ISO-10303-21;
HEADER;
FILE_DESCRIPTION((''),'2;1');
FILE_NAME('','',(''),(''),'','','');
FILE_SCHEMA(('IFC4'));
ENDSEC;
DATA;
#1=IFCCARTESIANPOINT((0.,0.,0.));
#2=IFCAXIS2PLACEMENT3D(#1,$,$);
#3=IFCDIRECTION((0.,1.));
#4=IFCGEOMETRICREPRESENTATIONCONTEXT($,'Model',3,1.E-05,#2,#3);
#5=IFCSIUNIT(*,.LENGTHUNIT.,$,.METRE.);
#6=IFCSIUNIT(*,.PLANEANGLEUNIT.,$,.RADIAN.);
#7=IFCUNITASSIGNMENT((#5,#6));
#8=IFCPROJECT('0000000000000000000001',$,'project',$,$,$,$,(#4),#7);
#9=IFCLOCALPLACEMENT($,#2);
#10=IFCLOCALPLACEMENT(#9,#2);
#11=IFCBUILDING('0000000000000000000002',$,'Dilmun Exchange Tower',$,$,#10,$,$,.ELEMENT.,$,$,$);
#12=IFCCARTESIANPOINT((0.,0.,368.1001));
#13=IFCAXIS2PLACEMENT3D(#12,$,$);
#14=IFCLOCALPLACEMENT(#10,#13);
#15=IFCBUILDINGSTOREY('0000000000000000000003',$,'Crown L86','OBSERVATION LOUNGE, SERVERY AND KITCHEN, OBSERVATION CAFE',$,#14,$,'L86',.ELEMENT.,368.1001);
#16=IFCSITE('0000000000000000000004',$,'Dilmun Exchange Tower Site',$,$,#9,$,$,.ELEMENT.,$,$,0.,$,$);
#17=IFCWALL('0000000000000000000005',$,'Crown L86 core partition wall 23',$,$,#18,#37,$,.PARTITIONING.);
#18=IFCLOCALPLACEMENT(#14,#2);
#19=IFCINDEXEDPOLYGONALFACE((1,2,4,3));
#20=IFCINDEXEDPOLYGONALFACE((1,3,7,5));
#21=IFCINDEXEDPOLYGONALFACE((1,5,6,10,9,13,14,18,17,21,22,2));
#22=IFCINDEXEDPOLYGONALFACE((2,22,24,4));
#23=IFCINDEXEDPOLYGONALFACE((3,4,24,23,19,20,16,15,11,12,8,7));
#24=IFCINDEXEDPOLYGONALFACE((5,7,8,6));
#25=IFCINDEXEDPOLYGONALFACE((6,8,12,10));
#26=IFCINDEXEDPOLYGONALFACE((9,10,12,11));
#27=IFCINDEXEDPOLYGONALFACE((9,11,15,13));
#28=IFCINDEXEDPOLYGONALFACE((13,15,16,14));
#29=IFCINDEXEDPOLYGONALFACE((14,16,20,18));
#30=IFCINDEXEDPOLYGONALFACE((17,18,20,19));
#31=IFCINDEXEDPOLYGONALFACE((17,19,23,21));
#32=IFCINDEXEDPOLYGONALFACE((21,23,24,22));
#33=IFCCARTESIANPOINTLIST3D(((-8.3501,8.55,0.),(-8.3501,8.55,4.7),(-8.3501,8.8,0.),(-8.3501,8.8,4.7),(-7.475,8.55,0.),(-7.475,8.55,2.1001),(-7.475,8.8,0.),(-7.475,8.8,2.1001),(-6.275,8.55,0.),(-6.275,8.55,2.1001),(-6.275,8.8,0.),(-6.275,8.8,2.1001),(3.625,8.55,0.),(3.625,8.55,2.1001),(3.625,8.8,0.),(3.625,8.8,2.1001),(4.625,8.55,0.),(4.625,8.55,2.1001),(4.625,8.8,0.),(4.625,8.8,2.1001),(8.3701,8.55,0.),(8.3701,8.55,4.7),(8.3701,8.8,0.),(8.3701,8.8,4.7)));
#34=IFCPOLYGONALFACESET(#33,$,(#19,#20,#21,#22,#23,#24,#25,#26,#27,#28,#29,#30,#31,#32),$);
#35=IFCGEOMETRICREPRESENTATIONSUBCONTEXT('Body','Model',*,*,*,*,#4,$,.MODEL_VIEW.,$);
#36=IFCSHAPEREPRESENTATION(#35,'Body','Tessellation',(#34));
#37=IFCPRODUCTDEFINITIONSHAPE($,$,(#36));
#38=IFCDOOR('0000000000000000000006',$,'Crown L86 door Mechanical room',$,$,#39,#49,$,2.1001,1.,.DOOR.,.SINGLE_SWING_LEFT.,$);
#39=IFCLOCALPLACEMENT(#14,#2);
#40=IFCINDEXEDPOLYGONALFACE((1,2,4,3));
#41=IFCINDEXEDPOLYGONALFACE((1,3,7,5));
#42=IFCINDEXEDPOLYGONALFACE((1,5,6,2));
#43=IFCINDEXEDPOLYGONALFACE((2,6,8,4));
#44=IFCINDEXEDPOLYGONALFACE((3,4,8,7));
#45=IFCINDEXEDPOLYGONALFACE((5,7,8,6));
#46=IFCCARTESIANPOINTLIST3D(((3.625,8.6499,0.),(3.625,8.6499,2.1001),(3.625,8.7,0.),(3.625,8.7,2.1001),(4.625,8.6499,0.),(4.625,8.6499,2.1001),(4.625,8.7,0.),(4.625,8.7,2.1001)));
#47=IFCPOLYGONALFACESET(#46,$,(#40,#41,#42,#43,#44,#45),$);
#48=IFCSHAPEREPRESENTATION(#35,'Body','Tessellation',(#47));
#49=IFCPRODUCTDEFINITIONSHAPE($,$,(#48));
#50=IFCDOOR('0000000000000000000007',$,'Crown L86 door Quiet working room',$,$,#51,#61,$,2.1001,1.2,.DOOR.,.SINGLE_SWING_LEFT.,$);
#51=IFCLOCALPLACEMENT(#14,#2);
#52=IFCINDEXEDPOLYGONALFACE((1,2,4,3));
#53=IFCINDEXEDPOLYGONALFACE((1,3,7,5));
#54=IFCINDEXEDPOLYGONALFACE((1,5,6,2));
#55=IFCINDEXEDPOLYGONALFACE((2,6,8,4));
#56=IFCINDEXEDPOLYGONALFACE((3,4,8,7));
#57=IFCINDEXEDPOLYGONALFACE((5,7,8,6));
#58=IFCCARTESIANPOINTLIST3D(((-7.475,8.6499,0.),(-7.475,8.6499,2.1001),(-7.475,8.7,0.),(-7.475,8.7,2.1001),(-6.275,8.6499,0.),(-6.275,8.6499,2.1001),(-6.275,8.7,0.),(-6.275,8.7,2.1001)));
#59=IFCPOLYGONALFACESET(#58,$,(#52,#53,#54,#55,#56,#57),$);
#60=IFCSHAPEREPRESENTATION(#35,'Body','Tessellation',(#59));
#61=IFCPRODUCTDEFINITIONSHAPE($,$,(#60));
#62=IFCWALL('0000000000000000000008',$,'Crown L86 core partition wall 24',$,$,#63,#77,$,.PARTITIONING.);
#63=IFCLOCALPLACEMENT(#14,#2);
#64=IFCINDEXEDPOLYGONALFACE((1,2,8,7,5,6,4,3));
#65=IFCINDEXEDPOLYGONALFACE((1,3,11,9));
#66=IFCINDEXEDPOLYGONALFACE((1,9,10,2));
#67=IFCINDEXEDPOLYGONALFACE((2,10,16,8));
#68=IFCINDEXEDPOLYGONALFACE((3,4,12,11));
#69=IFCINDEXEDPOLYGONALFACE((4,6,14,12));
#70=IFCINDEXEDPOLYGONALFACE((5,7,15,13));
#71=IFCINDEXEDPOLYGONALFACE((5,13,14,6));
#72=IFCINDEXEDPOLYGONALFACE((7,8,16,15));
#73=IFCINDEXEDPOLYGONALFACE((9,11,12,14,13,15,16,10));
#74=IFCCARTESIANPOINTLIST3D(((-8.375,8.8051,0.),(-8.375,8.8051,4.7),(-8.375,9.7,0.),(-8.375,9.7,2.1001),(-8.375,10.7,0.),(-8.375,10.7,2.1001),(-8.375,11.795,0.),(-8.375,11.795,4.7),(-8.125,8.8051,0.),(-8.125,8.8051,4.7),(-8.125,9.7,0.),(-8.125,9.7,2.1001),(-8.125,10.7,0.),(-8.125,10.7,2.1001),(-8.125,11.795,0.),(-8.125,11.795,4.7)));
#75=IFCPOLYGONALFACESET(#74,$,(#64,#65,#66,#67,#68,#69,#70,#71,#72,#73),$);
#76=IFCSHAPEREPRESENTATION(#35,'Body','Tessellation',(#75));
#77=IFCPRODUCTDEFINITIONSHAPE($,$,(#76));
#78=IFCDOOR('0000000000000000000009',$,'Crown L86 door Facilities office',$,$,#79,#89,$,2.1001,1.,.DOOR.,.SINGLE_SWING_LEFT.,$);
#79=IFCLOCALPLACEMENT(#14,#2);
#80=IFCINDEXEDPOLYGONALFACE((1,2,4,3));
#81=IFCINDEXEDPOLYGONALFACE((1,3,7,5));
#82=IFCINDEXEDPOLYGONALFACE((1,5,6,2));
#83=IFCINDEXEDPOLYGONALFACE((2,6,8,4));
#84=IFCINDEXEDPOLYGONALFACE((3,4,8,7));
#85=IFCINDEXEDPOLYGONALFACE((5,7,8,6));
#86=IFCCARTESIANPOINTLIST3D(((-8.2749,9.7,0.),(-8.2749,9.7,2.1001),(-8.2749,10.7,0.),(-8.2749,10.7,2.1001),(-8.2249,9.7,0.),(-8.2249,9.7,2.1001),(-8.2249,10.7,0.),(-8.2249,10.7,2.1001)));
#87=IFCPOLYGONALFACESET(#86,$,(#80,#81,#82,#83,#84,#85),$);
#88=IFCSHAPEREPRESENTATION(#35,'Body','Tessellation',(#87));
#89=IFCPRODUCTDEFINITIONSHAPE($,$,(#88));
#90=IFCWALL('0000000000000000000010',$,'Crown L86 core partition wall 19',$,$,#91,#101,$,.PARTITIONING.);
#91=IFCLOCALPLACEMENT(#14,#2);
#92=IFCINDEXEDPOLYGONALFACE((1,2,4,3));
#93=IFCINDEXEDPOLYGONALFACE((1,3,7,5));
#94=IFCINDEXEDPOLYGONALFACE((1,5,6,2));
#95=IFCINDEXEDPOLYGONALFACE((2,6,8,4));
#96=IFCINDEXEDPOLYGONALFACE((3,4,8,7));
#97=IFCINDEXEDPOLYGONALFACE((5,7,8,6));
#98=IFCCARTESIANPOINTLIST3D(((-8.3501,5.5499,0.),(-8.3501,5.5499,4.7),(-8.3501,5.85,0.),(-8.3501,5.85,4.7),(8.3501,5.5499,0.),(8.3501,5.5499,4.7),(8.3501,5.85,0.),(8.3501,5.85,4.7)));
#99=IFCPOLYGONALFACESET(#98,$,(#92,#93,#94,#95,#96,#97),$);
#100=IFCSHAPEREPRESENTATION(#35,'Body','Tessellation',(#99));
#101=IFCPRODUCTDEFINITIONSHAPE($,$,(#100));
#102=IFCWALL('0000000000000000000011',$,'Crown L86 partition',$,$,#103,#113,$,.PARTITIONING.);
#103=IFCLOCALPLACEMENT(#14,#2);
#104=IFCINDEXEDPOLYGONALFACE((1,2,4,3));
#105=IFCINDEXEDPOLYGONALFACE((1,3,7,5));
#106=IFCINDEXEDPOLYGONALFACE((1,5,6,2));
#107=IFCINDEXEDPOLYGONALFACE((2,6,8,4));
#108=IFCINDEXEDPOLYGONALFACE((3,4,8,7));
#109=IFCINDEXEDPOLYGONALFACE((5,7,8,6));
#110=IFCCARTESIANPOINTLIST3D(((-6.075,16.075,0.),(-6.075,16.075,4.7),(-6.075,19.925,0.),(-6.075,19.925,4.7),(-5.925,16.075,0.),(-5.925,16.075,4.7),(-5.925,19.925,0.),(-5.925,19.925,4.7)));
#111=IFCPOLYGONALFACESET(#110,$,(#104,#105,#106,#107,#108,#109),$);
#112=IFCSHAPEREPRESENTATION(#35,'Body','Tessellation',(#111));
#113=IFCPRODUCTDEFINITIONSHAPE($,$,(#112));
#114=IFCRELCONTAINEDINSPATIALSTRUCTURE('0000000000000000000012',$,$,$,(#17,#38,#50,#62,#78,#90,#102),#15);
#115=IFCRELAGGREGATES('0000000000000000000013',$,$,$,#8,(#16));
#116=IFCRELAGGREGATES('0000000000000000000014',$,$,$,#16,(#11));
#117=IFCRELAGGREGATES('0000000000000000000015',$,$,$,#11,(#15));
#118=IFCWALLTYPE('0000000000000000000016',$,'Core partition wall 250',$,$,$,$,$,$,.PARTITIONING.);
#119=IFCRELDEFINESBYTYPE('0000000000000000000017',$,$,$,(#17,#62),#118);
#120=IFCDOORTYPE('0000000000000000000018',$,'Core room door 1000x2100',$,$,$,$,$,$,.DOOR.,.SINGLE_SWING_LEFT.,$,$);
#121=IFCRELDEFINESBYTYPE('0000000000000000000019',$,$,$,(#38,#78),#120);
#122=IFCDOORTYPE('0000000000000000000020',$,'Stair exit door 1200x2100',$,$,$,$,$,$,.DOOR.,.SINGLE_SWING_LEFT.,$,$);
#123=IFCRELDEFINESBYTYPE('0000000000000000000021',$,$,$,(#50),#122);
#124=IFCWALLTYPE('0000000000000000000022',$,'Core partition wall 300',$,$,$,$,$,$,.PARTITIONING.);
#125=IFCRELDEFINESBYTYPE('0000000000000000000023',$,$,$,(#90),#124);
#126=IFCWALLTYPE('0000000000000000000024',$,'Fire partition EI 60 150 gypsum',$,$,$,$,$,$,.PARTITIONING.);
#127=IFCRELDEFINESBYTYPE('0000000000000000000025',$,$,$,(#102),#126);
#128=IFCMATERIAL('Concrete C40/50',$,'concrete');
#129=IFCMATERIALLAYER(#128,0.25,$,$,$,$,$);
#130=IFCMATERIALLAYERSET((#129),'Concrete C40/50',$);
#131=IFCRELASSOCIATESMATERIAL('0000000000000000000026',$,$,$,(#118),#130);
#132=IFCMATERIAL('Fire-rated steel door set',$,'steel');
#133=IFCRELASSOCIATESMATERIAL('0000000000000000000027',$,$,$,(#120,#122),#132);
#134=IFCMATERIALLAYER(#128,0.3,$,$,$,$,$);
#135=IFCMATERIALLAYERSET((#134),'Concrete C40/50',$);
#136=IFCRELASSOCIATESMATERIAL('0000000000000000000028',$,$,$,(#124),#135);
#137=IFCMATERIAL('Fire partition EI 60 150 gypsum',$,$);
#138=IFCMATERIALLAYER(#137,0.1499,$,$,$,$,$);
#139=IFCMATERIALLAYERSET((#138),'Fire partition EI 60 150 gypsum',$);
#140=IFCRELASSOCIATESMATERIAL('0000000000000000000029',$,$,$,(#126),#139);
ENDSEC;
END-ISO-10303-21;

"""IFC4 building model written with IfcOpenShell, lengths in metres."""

from ifc_helpers import new_model, si_unit, direction, frame, frame_2d, origin, place, context, subcontext, project, spatial, rectangle, extrude, material, layer, layer_set, type_object, element, fill, save


model = new_model("IFC4")

# Units and contexts
model_context = context("Model", 3, precision=1e-05, world=origin(), true_north=direction((0.0, 1.0)))
body_context = subcontext(model_context, "Body", "Model", "MODEL_VIEW")
ifc_project = project(units=[si_unit("LENGTHUNIT", "METRE"), si_unit("PLANEANGLEUNIT", "RADIAN")], contexts=[model_context])

# Site, building, storey
site_placement = place(None, origin())
site = spatial("IfcSite", under=ifc_project, at=site_placement, Name="Dilmun Exchange Tower Site", CompositionType="ELEMENT", RefElevation=0.0)
building_placement = place(site_placement, origin())
building = spatial("IfcBuilding", under=site, at=building_placement, Name="Dilmun Exchange Tower", CompositionType="ELEMENT")
storey_placement = place(building_placement, frame((0.0, 0.0, 368.1001)))
storey = spatial("IfcBuildingStorey", under=building, at=storey_placement, Name="Crown L86", Description="OBSERVATION LOUNGE, SERVERY AND KITCHEN, OBSERVATION CAFE", LongName="L86", CompositionType="ELEMENT", Elevation=368.1001)

# Shared definitions
ifc_material_1 = material(Name="Concrete C40/50", Category="concrete")

# Shared definitions
ifc_layer_1 = layer(ifc_material_1, 0.25)
ifc_layer_set_1 = layer_set([ifc_layer_1], Name="Concrete C40/50")
wall_type_1 = type_object("IfcWallType", Name="Core partition wall 250", PredefinedType="PARTITIONING", material=ifc_layer_set_1)
ifc_material_2 = material(Name="Fire-rated steel door set", Category="steel")
door_type_1 = type_object("IfcDoorType", Name="Core room door 1000x2100", OperationType="SINGLE_SWING_LEFT", PredefinedType="DOOR", material=ifc_material_2)
door_type_2 = type_object("IfcDoorType", Name="Stair exit door 1200x2100", OperationType="SINGLE_SWING_LEFT", PredefinedType="DOOR", material=ifc_material_2)

# Wall, openings, doors
wall_1_placement = place(storey_placement, frame((-8.3501, 8.675, 0.0), z_axis=(0.0, 0.0, 1.0), x_axis=(1.0, 0.0, 0.0)))
wall_1 = element("IfcWall", 1, at=wall_1_placement, inside=storey, type_object=wall_type_1, Name="Crown L86 core partition wall 23", PredefinedType="PARTITIONING", context=body_context, shape_type="SweptSolid", body=[
    extrude(rectangle(XDim=16.7202, YDim=0.25, at=frame_2d((8.3601, 0.0))), origin(), (0.0, 0.0, 1.0), 4.7),
])
opening_1_placement = place(wall_1_placement, frame((0.875, 0.0, 0.0)))
opening_1 = element("IfcOpeningElement", 2, at=opening_1_placement, cuts=wall_1, PredefinedType="OPENING", context=body_context, shape_type="SweptSolid", body=[
    extrude(rectangle(XDim=1.2, YDim=2.1001, at=frame_2d((0.6001, 1.05))), frame((0.0, 0.135, 0.0), z_axis=(0.0, -1.0, 0.0), x_axis=(1.0, 0.0, 0.0)), (0.0, 0.0, 1.0), 0.27),
])
opening_2_placement = place(wall_1_placement, frame((11.9751, 0.0, 0.0)))
opening_2 = element("IfcOpeningElement", 3, at=opening_2_placement, cuts=wall_1, PredefinedType="OPENING", context=body_context, shape_type="SweptSolid", body=[
    extrude(rectangle(XDim=1.0, YDim=2.1001, at=frame_2d((0.5, 1.05))), frame((0.0, 0.135, 0.0), z_axis=(0.0, -1.0, 0.0), x_axis=(1.0, 0.0, 0.0)), (0.0, 0.0, 1.0), 0.27),
])
door_1_placement = place(opening_2_placement, origin())
door_1 = element("IfcDoor", 4, at=door_1_placement, inside=storey, type_object=door_type_1, Name="Crown L86 door Mechanical room", OperationType="SINGLE_SWING_LEFT", OverallHeight=2.1001, OverallWidth=1.0, PredefinedType="DOOR", context=body_context, shape_type="SweptSolid", body=[
    extrude(rectangle(XDim=1.0, YDim=2.1001, at=frame_2d((0.5, 1.05))), frame((0.0, 0.0249, 0.0), z_axis=(0.0, -1.0, 0.0), x_axis=(1.0, 0.0, 0.0)), (0.0, 0.0, 1.0), 0.05),
])
fill(opening_2, door_1)
door_2_placement = place(opening_1_placement, origin())
door_2 = element("IfcDoor", 5, at=door_2_placement, inside=storey, type_object=door_type_2, Name="Crown L86 door Quiet working room", OperationType="SINGLE_SWING_LEFT", OverallHeight=2.1001, OverallWidth=1.2, PredefinedType="DOOR", context=body_context, shape_type="SweptSolid", body=[
    extrude(rectangle(XDim=1.2, YDim=2.1001, at=frame_2d((0.6001, 1.05))), frame((0.0, 0.0249, 0.0), z_axis=(0.0, -1.0, 0.0), x_axis=(1.0, 0.0, 0.0)), (0.0, 0.0, 1.0), 0.05),
])
fill(opening_1, door_2)

# Wall, opening, door
wall_2_placement = place(storey_placement, frame((-8.25, 8.8049, 0.0), z_axis=(0.0, 0.0, 1.0), x_axis=(0.0, 1.0, 0.0)))
wall_2 = element("IfcWall", 6, at=wall_2_placement, inside=storey, type_object=wall_type_1, Name="Crown L86 core partition wall 24", PredefinedType="PARTITIONING", context=body_context, shape_type="SweptSolid", body=[
    extrude(rectangle(XDim=2.99, YDim=0.25, at=frame_2d((1.4951, 0.0))), origin(), (0.0, 0.0, 1.0), 4.7),
])
opening_3_placement = place(wall_2_placement, frame((0.895, 0.0, 0.0)))
opening_3 = element("IfcOpeningElement", 7, at=opening_3_placement, cuts=wall_2, PredefinedType="OPENING", context=body_context, shape_type="SweptSolid", body=[
    extrude(rectangle(XDim=1.0, YDim=2.1001, at=frame_2d((0.5, 1.05))), frame((0.0, 0.135, 0.0), z_axis=(0.0, -1.0, 0.0), x_axis=(1.0, 0.0, 0.0)), (0.0, 0.0, 1.0), 0.27),
])
door_3_placement = place(opening_3_placement, origin())
door_3 = element("IfcDoor", 8, at=door_3_placement, inside=storey, type_object=door_type_1, Name="Crown L86 door Facilities office", OperationType="SINGLE_SWING_LEFT", OverallHeight=2.1001, OverallWidth=1.0, PredefinedType="DOOR", context=body_context, shape_type="SweptSolid", body=[
    extrude(rectangle(XDim=1.0, YDim=2.1001, at=frame_2d((0.5, 1.05))), frame((0.0, 0.0249, 0.0), z_axis=(0.0, -1.0, 0.0), x_axis=(1.0, 0.0, 0.0)), (0.0, 0.0, 1.0), 0.05),
])
fill(opening_3, door_3)

# Walls
ifc_layer_2 = layer(ifc_material_1, 0.3)
ifc_layer_set_2 = layer_set([ifc_layer_2], Name="Concrete C40/50")
wall_type_2 = type_object("IfcWallType", Name="Core partition wall 300", PredefinedType="PARTITIONING", material=ifc_layer_set_2)
wall_3_placement = place(storey_placement, frame((-8.3501, 5.7, 0.0), z_axis=(0.0, 0.0, 1.0), x_axis=(1.0, 0.0, 0.0)))
element("IfcWall", 9, at=wall_3_placement, inside=storey, type_object=wall_type_2, Name="Crown L86 core partition wall 19", PredefinedType="PARTITIONING", context=body_context, shape_type="SweptSolid", body=[
    extrude(rectangle(XDim=16.7002, YDim=0.3, at=frame_2d((8.3501, 0.0))), origin(), (0.0, 0.0, 1.0), 4.7),
])
ifc_material_3 = material(Name="Fire partition EI 60 150 gypsum")
ifc_layer_3 = layer(ifc_material_3, 0.1499)
ifc_layer_set_3 = layer_set([ifc_layer_3], Name="Fire partition EI 60 150 gypsum")
wall_type_3 = type_object("IfcWallType", Name="Fire partition EI 60 150 gypsum", PredefinedType="PARTITIONING", material=ifc_layer_set_3)
wall_4_placement = place(storey_placement, frame((-6.0, 16.075, 0.0), z_axis=(0.0, 0.0, 1.0), x_axis=(0.0, 1.0, 0.0)))
element("IfcWall", 10, at=wall_4_placement, inside=storey, type_object=wall_type_3, Name="Crown L86 partition", PredefinedType="PARTITIONING", context=body_context, shape_type="SweptSolid", body=[
    extrude(rectangle(XDim=3.8501, YDim=0.1499, at=frame_2d((1.925, 0.0))), origin(), (0.0, 0.0, 1.0), 4.7),
])

save(model, "model.ifc")
